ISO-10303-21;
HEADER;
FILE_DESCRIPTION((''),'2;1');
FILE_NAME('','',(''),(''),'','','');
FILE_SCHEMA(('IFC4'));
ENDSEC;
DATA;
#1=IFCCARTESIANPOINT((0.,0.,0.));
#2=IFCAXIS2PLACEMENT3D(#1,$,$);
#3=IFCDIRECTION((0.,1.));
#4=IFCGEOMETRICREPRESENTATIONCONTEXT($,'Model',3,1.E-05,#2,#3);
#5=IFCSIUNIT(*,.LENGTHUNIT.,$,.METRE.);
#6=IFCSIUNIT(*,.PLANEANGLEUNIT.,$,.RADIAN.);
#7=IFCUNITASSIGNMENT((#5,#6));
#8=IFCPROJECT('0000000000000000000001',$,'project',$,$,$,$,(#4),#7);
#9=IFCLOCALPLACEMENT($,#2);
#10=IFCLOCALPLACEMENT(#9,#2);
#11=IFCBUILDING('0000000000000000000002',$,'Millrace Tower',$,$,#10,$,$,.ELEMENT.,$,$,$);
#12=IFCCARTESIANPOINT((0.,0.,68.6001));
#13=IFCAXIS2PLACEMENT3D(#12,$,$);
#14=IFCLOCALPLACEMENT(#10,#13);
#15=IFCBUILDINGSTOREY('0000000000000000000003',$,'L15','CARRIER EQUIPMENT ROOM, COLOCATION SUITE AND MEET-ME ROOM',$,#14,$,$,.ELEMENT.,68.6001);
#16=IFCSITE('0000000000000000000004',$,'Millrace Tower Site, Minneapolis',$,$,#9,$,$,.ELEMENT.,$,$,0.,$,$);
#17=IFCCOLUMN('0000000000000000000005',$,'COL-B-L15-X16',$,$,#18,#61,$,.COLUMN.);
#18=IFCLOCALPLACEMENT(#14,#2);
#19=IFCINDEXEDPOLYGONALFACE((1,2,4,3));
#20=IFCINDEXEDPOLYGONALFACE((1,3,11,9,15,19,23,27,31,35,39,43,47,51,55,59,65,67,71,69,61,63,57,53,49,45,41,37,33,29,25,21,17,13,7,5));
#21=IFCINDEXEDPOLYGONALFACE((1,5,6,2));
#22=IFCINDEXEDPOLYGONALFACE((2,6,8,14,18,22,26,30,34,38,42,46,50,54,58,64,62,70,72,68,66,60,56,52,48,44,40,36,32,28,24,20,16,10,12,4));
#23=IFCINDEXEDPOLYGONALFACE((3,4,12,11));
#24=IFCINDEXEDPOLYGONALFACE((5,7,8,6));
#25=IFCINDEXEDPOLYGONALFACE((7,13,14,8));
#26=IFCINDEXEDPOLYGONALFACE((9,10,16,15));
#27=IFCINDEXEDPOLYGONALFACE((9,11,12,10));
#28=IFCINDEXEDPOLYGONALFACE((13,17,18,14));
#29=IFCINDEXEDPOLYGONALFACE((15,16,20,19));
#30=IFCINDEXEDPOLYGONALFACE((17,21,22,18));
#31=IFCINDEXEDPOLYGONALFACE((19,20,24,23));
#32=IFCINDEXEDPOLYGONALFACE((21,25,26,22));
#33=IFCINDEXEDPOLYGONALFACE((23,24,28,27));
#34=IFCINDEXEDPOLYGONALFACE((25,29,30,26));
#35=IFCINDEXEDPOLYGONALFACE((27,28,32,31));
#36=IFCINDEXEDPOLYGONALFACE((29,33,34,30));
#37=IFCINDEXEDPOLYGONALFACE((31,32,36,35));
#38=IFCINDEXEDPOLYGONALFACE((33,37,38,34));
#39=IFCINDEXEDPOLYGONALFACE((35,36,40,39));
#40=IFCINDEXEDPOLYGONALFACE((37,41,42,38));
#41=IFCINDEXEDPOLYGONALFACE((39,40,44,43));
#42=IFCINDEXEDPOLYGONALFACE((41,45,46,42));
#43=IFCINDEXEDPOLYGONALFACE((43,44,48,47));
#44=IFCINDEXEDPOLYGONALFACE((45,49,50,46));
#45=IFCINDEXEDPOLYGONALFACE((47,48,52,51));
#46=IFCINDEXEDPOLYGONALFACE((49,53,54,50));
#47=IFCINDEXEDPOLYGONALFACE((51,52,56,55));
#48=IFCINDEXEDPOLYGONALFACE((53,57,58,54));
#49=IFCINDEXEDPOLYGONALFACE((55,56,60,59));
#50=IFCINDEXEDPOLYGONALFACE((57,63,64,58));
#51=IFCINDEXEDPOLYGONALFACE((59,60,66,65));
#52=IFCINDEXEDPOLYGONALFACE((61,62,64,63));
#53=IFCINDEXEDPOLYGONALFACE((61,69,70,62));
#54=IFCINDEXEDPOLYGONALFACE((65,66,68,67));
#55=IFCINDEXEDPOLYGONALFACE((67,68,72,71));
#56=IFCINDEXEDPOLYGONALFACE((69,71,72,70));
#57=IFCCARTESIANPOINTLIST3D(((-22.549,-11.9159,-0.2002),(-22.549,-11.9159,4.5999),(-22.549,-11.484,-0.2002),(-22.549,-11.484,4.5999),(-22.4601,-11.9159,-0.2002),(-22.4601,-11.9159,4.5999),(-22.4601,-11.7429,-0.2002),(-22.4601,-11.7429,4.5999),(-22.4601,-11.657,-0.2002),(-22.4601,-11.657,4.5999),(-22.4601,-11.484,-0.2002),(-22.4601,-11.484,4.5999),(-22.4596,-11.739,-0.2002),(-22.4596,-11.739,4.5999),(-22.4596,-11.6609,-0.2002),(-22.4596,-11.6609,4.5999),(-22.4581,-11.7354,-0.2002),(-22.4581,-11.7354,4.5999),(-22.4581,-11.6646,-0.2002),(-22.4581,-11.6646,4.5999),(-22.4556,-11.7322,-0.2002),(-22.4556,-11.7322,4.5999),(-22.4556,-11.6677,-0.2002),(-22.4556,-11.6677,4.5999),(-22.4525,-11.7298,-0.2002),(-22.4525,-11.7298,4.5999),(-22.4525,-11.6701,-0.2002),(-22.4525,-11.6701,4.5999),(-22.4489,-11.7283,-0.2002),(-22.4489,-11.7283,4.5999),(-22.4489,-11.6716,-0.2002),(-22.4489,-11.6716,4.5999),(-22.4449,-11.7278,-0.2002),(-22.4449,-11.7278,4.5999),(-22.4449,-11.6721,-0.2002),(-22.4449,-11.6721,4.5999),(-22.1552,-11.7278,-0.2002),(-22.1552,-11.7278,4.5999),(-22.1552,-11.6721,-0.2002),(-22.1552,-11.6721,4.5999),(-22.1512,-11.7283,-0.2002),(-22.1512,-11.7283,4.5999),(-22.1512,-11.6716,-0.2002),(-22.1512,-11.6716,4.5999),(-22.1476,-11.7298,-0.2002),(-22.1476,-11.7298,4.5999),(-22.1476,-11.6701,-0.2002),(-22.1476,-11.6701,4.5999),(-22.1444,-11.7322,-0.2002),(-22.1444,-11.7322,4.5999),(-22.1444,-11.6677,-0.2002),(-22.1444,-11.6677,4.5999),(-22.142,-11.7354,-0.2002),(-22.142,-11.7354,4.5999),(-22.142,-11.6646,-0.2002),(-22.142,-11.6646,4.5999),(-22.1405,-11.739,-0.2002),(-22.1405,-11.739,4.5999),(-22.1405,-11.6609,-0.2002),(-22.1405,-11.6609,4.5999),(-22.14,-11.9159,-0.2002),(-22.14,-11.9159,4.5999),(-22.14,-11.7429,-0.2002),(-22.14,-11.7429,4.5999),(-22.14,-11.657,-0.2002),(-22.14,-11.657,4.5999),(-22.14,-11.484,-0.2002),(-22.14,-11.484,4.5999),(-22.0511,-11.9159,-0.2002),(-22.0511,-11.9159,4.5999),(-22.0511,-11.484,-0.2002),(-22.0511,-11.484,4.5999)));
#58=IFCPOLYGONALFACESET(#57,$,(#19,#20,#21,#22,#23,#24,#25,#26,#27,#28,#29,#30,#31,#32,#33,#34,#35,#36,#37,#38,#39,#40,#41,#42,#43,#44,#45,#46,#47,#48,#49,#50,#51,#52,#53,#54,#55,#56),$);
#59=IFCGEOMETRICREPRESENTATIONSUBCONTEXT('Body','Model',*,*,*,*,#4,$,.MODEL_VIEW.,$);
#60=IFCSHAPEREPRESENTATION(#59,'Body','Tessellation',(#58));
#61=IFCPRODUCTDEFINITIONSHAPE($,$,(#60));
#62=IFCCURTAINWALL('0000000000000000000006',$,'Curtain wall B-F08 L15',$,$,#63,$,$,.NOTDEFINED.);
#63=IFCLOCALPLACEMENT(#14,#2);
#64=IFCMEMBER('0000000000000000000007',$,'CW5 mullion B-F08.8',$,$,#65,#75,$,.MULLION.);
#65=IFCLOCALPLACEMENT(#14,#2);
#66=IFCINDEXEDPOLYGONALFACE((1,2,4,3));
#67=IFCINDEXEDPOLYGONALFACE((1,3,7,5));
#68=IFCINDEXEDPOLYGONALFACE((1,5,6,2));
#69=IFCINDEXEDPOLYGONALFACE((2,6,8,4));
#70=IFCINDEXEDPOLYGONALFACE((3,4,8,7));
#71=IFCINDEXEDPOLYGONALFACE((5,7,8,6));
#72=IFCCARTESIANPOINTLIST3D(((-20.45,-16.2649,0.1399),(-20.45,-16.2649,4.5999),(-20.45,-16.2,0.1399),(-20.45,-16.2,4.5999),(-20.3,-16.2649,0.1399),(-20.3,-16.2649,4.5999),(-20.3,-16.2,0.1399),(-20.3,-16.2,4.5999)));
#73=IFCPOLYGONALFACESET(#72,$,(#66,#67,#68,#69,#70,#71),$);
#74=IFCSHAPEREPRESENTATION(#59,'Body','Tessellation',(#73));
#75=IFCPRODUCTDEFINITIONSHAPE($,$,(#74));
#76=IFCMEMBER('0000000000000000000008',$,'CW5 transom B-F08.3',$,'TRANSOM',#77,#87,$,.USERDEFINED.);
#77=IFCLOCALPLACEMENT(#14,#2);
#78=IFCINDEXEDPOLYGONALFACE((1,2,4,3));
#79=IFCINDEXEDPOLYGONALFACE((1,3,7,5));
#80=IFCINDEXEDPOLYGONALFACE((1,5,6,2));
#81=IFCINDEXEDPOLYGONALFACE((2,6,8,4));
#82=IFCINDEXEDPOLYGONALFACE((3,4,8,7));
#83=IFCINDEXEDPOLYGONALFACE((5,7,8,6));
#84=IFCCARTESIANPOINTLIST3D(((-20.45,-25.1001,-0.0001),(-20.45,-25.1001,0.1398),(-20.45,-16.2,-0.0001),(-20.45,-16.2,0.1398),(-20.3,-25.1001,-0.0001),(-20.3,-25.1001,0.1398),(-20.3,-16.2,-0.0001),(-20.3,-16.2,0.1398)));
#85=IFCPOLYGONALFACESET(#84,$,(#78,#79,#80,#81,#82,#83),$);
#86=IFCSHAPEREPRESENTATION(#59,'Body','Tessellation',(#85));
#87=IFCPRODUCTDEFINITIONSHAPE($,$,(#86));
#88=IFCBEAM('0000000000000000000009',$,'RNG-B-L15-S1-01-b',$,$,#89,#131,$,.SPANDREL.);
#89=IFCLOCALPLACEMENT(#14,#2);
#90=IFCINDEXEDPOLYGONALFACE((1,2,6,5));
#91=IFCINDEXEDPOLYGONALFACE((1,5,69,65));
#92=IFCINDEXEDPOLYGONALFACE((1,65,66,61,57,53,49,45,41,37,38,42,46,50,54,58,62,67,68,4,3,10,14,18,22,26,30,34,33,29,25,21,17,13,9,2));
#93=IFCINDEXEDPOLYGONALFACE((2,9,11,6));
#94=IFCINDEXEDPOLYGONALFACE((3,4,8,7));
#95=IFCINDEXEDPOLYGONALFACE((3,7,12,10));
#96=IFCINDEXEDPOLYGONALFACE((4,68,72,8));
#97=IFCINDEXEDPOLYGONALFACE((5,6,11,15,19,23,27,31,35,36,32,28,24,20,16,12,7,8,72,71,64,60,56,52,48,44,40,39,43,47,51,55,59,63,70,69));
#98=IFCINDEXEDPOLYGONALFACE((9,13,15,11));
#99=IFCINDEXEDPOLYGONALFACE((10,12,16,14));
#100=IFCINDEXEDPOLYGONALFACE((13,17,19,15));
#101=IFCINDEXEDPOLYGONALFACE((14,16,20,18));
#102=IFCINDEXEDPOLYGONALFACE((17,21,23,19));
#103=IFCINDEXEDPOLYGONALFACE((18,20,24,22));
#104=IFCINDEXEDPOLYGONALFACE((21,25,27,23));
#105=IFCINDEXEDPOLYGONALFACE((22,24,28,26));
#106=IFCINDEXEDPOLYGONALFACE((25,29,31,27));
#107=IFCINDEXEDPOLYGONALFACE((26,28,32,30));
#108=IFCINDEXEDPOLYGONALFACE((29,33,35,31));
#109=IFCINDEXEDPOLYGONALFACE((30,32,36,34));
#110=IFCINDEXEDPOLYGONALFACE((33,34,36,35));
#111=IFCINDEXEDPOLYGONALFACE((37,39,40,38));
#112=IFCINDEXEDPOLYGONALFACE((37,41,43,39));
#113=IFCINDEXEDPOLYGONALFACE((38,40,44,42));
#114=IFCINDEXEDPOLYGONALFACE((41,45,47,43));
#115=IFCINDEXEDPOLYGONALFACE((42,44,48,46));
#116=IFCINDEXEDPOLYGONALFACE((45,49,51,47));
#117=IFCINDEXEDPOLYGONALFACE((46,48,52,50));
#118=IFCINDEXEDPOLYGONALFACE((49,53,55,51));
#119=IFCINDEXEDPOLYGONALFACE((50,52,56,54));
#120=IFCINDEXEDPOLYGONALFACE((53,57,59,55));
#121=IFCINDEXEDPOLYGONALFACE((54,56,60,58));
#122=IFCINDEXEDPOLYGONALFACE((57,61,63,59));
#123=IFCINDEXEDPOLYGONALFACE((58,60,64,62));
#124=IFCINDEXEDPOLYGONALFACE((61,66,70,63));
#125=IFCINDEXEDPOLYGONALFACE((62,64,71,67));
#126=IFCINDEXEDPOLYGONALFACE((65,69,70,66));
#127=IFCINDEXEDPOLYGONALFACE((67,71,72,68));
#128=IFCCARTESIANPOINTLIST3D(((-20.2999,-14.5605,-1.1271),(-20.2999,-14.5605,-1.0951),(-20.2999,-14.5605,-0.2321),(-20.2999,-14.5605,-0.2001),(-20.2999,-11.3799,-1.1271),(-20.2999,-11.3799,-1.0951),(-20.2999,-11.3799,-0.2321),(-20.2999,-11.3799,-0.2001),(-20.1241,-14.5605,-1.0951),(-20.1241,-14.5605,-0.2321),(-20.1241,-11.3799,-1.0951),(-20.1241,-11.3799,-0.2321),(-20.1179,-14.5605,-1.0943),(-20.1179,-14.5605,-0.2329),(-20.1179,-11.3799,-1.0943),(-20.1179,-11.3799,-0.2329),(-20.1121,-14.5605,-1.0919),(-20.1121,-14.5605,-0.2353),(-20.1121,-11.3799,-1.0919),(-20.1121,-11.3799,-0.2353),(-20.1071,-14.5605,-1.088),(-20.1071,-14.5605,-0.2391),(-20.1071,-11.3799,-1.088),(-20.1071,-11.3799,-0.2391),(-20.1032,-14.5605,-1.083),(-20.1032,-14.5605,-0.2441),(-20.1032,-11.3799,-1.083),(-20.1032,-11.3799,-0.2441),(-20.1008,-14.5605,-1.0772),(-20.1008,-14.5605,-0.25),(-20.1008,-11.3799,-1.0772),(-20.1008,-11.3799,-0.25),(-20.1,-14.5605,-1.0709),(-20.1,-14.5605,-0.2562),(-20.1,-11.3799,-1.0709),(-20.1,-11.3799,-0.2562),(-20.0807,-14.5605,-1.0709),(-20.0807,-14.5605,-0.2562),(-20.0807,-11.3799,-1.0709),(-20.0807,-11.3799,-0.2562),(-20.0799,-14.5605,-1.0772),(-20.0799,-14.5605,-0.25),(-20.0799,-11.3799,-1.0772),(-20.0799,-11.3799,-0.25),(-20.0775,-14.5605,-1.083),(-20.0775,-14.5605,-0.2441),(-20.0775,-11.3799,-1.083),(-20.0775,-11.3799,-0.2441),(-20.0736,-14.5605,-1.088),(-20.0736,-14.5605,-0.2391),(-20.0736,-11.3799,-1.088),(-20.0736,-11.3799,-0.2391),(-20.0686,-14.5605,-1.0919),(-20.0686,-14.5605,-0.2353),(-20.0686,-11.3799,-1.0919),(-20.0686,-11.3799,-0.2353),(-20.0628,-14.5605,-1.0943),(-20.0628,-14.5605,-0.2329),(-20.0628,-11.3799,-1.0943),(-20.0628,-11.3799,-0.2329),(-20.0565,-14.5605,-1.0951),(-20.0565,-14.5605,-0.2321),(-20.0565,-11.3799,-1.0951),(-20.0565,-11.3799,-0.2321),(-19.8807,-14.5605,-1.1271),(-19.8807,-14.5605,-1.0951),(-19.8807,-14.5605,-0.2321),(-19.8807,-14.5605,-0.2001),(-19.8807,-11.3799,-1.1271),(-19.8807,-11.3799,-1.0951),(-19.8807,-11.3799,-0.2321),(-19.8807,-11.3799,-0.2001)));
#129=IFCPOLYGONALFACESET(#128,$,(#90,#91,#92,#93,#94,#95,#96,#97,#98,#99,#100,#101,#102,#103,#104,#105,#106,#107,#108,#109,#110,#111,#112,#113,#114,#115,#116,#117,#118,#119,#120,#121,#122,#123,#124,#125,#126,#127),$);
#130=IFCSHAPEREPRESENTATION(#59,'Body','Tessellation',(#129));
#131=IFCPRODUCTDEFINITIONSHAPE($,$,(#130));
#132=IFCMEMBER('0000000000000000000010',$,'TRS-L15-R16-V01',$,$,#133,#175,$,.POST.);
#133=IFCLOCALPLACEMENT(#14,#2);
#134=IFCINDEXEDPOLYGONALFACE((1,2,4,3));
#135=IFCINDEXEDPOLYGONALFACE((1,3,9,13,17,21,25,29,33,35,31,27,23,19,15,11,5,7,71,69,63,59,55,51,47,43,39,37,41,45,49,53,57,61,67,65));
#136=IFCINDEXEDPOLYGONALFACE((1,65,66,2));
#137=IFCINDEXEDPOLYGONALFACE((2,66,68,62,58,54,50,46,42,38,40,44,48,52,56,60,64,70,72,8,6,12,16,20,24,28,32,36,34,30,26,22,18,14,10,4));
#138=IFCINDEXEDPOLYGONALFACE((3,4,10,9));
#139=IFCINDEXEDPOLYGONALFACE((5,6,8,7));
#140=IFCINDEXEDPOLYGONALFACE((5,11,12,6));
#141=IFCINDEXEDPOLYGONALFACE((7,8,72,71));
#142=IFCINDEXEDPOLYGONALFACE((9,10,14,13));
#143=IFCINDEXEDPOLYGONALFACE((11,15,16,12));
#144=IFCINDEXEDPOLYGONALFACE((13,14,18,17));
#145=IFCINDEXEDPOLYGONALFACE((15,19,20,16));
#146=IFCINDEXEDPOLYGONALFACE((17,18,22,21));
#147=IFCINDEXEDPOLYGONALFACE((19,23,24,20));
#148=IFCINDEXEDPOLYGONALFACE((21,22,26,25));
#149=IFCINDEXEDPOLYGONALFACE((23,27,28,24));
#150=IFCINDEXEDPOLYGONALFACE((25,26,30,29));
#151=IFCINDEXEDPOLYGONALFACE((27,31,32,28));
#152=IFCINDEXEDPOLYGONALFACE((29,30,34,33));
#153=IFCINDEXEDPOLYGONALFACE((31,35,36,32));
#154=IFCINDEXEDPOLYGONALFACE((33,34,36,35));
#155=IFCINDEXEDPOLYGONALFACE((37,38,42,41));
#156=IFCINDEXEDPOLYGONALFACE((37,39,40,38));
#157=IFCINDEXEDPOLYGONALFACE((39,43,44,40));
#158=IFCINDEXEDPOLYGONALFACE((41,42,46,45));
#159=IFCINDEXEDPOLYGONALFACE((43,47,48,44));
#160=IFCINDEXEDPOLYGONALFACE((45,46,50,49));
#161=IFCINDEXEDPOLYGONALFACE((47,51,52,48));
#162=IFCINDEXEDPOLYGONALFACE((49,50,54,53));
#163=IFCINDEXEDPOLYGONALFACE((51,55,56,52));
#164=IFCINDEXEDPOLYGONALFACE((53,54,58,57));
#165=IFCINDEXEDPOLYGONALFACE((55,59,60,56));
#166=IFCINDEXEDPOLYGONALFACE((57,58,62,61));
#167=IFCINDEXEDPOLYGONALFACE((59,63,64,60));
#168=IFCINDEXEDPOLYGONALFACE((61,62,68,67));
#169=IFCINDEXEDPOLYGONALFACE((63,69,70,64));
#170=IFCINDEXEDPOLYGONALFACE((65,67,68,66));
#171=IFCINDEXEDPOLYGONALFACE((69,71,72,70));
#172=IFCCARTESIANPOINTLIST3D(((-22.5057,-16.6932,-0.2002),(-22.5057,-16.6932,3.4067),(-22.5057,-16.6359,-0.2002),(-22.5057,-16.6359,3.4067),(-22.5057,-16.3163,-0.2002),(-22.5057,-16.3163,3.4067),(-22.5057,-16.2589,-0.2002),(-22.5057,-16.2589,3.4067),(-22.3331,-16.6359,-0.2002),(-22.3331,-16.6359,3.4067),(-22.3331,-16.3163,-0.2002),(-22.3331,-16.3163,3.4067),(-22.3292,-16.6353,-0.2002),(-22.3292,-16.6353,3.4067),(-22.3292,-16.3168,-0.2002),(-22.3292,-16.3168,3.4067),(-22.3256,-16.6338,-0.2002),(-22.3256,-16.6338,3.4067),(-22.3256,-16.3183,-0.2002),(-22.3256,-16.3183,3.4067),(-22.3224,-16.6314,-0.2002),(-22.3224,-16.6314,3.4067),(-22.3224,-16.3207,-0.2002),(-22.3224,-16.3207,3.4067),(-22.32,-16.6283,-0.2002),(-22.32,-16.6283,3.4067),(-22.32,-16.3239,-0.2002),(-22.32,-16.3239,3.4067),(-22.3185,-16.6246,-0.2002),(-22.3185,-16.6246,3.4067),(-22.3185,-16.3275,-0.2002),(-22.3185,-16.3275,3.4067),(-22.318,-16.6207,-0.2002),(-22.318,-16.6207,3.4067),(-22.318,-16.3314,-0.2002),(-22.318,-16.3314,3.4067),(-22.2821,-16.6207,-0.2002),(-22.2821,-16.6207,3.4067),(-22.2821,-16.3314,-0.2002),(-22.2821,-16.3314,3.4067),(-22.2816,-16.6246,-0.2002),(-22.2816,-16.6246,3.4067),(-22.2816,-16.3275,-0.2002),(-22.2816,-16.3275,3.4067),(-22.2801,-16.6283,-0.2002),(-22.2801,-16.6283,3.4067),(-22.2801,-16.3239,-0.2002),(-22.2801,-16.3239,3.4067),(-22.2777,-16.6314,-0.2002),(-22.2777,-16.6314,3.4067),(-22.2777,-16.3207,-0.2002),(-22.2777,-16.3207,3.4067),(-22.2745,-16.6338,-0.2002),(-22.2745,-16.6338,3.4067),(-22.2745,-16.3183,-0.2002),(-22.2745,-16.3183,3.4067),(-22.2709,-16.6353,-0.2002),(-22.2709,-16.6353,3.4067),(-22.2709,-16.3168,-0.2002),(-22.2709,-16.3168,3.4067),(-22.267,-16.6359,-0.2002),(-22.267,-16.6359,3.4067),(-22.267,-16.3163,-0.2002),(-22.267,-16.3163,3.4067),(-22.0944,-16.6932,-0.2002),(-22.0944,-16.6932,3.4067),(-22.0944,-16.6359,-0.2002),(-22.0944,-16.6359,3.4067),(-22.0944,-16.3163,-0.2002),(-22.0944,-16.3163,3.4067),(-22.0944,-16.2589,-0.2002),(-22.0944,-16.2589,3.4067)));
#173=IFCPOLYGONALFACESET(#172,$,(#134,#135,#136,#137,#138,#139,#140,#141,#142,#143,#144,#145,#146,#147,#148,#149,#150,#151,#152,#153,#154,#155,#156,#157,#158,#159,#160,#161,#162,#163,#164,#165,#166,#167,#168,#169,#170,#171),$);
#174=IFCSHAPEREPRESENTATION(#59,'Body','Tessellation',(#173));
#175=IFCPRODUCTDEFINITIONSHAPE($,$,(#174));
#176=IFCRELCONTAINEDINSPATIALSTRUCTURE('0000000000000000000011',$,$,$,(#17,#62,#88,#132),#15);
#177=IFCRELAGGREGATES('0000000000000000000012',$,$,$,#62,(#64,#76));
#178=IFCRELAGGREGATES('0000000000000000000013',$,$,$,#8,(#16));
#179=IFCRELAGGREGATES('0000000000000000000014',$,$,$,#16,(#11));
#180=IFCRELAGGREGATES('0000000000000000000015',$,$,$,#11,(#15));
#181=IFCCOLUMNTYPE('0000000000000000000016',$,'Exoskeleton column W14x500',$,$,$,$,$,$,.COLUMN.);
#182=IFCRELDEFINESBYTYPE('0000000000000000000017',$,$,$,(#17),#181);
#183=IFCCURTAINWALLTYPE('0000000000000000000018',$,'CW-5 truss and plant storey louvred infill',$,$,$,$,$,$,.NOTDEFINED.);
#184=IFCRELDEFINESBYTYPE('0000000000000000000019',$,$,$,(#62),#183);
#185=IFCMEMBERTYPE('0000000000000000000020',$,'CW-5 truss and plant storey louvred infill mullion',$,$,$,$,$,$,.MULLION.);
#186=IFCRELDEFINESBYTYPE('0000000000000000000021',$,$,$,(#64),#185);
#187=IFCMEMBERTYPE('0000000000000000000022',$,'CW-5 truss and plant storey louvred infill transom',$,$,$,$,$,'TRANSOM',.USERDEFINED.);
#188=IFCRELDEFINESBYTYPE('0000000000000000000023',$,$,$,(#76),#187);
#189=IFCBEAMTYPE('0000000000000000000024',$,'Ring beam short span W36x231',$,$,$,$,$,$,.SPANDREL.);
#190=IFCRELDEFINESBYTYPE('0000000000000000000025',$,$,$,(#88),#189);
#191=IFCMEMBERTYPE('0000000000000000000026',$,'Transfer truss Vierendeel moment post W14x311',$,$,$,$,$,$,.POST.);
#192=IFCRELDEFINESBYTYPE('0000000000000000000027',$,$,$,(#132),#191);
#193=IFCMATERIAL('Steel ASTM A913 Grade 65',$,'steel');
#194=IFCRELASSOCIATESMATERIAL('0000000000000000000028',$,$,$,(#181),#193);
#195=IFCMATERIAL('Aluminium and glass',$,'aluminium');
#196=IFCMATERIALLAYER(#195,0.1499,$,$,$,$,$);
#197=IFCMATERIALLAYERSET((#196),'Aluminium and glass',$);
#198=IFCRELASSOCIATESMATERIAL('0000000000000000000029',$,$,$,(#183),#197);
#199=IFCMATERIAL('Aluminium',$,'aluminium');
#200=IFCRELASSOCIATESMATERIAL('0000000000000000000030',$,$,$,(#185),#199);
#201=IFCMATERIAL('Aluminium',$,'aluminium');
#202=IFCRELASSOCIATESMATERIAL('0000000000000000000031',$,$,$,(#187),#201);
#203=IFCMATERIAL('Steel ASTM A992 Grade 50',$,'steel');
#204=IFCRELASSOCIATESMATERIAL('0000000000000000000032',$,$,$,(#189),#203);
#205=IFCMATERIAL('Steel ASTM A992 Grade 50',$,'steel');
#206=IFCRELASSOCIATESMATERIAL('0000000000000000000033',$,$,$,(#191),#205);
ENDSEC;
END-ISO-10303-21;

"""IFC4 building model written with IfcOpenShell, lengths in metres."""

from ifc_helpers import new_model, si_unit, direction, frame, origin, origin_2d, place, context, subcontext, project, spatial, rectangle, i_section, extrude, material, layer, layer_set, material_profile, profile_set, type_object, element, aggregate, save


model = new_model("IFC4")

# Units and contexts
model_context = context("Model", 3, precision=1e-05, world=origin(), true_north=direction((0.0, 1.0)))
body_context = subcontext(model_context, "Body", "Model", "MODEL_VIEW")
ifc_project = project(units=[si_unit("LENGTHUNIT", "METRE"), si_unit("PLANEANGLEUNIT", "RADIAN")], contexts=[model_context])

# Site, building, storey
site_placement = place(None, origin())
site = spatial("IfcSite", under=ifc_project, at=site_placement, Name="Millrace Tower Site, Minneapolis", CompositionType="ELEMENT", RefElevation=0.0)
building_placement = place(site_placement, origin())
building = spatial("IfcBuilding", under=site, at=building_placement, Name="Millrace Tower", CompositionType="ELEMENT")
storey_placement = place(building_placement, frame((0.0, 0.0, 68.6001)))
storey = spatial("IfcBuildingStorey", under=building, at=storey_placement, Name="L15", Description="CARRIER EQUIPMENT ROOM, COLOCATION SUITE AND MEET-ME ROOM", CompositionType="ELEMENT", Elevation=68.6001)

# Column
ifc_material_1 = material(Name="Steel ASTM A913 Grade 65", Category="steel")
ifc_material_profile_1 = material_profile(ifc_material_1, i_section(OverallWidth=0.4319, OverallDepth=0.4978, WebThickness=0.0557, FlangeThickness=0.0889, FilletRadius=0.0151, at=origin_2d()))
ifc_profile_set_1 = profile_set([ifc_material_profile_1], Name="Steel ASTM A913 Grade 65")
column_type = type_object("IfcColumnType", Name="Exoskeleton column W14x500", PredefinedType="COLUMN", material=ifc_profile_set_1)
column_placement = place(storey_placement, frame((-22.3, -11.7, -0.2002), z_axis=(0.0, 0.0, 1.0), x_axis=(0.0, -1.0, 0.0)))
element("IfcColumn", 1, at=column_placement, inside=storey, type_object=column_type, Name="COL-B-L15-X16", PredefinedType="COLUMN", context=body_context, shape_type="SweptSolid", body=[
    extrude(i_section(OverallWidth=0.4319, OverallDepth=0.4978, WebThickness=0.0557, FlangeThickness=0.0889, FilletRadius=0.0151, at=origin_2d()), origin(), (0.0, 0.0, 1.0), 4.8),
])

# Curtain wall, members
ifc_material_2 = material(Name="Aluminium and glass", Category="aluminium")
ifc_layer_1 = layer(ifc_material_2, 0.1499)
ifc_layer_set_1 = layer_set([ifc_layer_1], Name="Aluminium and glass")
curtain_wall_type = type_object("IfcCurtainWallType", Name="CW-5 truss and plant storey louvred infill", PredefinedType="NOTDEFINED", material=ifc_layer_set_1)
curtain_wall_placement = place(storey_placement, origin())
curtain_wall = element("IfcCurtainWall", 2, at=curtain_wall_placement, inside=storey, type_object=curtain_wall_type, Name="Curtain wall B-F08 L15", PredefinedType="NOTDEFINED")
ifc_material_3 = material(Name="Aluminium", Category="aluminium")
ifc_material_profile_2 = material_profile(ifc_material_3, rectangle(XDim=0.0649, YDim=0.1499, at=origin_2d()))
ifc_profile_set_2 = profile_set([ifc_material_profile_2], Name="Aluminium")
member_type_1 = type_object("IfcMemberType", Name="CW-5 truss and plant storey louvred infill mullion", PredefinedType="MULLION", material=ifc_profile_set_2)
member_1_placement = place(storey_placement, frame((-20.375, -16.2324, 0.1399), z_axis=(0.0, 0.0, 1.0), x_axis=(0.0, -1.0, 0.0)))
member_1 = element("IfcMember", 3, at=member_1_placement, type_object=member_type_1, Name="CW5 mullion B-F08.8", PredefinedType="MULLION", context=body_context, shape_type="SweptSolid", body=[
    extrude(rectangle(XDim=0.0649, YDim=0.1499, at=origin_2d()), origin(), (0.0, 0.0, 1.0), 4.46),
])
ifc_material_4 = material(Name="Aluminium", Category="aluminium")
ifc_material_profile_3 = material_profile(ifc_material_4, rectangle(XDim=0.1499, YDim=0.1399, at=origin_2d()))
ifc_profile_set_3 = profile_set([ifc_material_profile_3], Name="Aluminium")
member_type_2 = type_object("IfcMemberType", Name="CW-5 truss and plant storey louvred infill transom", ElementType="TRANSOM", PredefinedType="USERDEFINED", material=ifc_profile_set_3)
member_2_placement = place(storey_placement, frame((-20.375, -16.2, 0.0698), z_axis=(0.0, -1.0, 0.0), x_axis=(1.0, 0.0, 0.0)))
member_2 = element("IfcMember", 4, at=member_2_placement, type_object=member_type_2, Name="CW5 transom B-F08.3", ObjectType="TRANSOM", PredefinedType="USERDEFINED", context=body_context, shape_type="SweptSolid", body=[
    extrude(rectangle(XDim=0.1499, YDim=0.1399, at=origin_2d()), origin(), (0.0, 0.0, 1.0), 8.9001),
])
aggregate(curtain_wall, [member_1, member_2])

# Beam
ifc_material_5 = material(Name="Steel ASTM A992 Grade 50", Category="steel")
ifc_material_profile_4 = material_profile(ifc_material_5, i_section(OverallWidth=0.4192, OverallDepth=0.927, WebThickness=0.0193, FlangeThickness=0.032, FilletRadius=0.0242, at=origin_2d()))
ifc_profile_set_4 = profile_set([ifc_material_profile_4], Name="Steel ASTM A992 Grade 50")
beam_type_1 = type_object("IfcBeamType", Name="Ring beam short span W36x231", PredefinedType="SPANDREL", material=ifc_profile_set_4)
beam_placement = place(storey_placement, frame((-20.0903, -14.5605, -0.6636), z_axis=(0.0, 1.0, 0.0), x_axis=(-1.0, 0.0, 0.0)))
element("IfcBeam", 5, at=beam_placement, inside=storey, type_object=beam_type_1, Name="RNG-B-L15-S1-01-b", PredefinedType="SPANDREL", context=body_context, shape_type="SweptSolid", body=[
    extrude(i_section(OverallWidth=0.4192, OverallDepth=0.927, WebThickness=0.0193, FlangeThickness=0.032, FilletRadius=0.0242, at=origin_2d()), origin(), (0.0, 0.0, 1.0), 3.1807),
])

# Member
ifc_material_6 = material(Name="Steel ASTM A992 Grade 50", Category="steel")
ifc_material_profile_5 = material_profile(ifc_material_6, i_section(OverallWidth=0.4114, OverallDepth=0.4343, WebThickness=0.0359, FlangeThickness=0.0574, FilletRadius=0.0151, at=origin_2d()))
ifc_profile_set_5 = profile_set([ifc_material_profile_5], Name="Steel ASTM A992 Grade 50")
member_type_3 = type_object("IfcMemberType", Name="Transfer truss Vierendeel moment post W14x311", PredefinedType="POST", material=ifc_profile_set_5)
for number, where, z_axis, x_axis, name in (
    (6, (-22.3, -16.4761, -0.2002), (0.0, 0.0, 1.0), (1.0, 0.0, 0.0), "TRS-L15-R16-V01"),
):
    element("IfcMember", number, at=place(storey_placement, frame(where, z_axis=z_axis, x_axis=x_axis)), inside=storey, type_object=member_type_3, Name=name, PredefinedType="POST", context=body_context, shape_type="SweptSolid", body=[
        extrude(i_section(OverallWidth=0.4114, OverallDepth=0.4343, WebThickness=0.0359, FlangeThickness=0.0574, FilletRadius=0.0151, at=origin_2d()), origin(), (0.0, 0.0, 1.0), 3.6069),
    ])

save(model, "model.ifc")
